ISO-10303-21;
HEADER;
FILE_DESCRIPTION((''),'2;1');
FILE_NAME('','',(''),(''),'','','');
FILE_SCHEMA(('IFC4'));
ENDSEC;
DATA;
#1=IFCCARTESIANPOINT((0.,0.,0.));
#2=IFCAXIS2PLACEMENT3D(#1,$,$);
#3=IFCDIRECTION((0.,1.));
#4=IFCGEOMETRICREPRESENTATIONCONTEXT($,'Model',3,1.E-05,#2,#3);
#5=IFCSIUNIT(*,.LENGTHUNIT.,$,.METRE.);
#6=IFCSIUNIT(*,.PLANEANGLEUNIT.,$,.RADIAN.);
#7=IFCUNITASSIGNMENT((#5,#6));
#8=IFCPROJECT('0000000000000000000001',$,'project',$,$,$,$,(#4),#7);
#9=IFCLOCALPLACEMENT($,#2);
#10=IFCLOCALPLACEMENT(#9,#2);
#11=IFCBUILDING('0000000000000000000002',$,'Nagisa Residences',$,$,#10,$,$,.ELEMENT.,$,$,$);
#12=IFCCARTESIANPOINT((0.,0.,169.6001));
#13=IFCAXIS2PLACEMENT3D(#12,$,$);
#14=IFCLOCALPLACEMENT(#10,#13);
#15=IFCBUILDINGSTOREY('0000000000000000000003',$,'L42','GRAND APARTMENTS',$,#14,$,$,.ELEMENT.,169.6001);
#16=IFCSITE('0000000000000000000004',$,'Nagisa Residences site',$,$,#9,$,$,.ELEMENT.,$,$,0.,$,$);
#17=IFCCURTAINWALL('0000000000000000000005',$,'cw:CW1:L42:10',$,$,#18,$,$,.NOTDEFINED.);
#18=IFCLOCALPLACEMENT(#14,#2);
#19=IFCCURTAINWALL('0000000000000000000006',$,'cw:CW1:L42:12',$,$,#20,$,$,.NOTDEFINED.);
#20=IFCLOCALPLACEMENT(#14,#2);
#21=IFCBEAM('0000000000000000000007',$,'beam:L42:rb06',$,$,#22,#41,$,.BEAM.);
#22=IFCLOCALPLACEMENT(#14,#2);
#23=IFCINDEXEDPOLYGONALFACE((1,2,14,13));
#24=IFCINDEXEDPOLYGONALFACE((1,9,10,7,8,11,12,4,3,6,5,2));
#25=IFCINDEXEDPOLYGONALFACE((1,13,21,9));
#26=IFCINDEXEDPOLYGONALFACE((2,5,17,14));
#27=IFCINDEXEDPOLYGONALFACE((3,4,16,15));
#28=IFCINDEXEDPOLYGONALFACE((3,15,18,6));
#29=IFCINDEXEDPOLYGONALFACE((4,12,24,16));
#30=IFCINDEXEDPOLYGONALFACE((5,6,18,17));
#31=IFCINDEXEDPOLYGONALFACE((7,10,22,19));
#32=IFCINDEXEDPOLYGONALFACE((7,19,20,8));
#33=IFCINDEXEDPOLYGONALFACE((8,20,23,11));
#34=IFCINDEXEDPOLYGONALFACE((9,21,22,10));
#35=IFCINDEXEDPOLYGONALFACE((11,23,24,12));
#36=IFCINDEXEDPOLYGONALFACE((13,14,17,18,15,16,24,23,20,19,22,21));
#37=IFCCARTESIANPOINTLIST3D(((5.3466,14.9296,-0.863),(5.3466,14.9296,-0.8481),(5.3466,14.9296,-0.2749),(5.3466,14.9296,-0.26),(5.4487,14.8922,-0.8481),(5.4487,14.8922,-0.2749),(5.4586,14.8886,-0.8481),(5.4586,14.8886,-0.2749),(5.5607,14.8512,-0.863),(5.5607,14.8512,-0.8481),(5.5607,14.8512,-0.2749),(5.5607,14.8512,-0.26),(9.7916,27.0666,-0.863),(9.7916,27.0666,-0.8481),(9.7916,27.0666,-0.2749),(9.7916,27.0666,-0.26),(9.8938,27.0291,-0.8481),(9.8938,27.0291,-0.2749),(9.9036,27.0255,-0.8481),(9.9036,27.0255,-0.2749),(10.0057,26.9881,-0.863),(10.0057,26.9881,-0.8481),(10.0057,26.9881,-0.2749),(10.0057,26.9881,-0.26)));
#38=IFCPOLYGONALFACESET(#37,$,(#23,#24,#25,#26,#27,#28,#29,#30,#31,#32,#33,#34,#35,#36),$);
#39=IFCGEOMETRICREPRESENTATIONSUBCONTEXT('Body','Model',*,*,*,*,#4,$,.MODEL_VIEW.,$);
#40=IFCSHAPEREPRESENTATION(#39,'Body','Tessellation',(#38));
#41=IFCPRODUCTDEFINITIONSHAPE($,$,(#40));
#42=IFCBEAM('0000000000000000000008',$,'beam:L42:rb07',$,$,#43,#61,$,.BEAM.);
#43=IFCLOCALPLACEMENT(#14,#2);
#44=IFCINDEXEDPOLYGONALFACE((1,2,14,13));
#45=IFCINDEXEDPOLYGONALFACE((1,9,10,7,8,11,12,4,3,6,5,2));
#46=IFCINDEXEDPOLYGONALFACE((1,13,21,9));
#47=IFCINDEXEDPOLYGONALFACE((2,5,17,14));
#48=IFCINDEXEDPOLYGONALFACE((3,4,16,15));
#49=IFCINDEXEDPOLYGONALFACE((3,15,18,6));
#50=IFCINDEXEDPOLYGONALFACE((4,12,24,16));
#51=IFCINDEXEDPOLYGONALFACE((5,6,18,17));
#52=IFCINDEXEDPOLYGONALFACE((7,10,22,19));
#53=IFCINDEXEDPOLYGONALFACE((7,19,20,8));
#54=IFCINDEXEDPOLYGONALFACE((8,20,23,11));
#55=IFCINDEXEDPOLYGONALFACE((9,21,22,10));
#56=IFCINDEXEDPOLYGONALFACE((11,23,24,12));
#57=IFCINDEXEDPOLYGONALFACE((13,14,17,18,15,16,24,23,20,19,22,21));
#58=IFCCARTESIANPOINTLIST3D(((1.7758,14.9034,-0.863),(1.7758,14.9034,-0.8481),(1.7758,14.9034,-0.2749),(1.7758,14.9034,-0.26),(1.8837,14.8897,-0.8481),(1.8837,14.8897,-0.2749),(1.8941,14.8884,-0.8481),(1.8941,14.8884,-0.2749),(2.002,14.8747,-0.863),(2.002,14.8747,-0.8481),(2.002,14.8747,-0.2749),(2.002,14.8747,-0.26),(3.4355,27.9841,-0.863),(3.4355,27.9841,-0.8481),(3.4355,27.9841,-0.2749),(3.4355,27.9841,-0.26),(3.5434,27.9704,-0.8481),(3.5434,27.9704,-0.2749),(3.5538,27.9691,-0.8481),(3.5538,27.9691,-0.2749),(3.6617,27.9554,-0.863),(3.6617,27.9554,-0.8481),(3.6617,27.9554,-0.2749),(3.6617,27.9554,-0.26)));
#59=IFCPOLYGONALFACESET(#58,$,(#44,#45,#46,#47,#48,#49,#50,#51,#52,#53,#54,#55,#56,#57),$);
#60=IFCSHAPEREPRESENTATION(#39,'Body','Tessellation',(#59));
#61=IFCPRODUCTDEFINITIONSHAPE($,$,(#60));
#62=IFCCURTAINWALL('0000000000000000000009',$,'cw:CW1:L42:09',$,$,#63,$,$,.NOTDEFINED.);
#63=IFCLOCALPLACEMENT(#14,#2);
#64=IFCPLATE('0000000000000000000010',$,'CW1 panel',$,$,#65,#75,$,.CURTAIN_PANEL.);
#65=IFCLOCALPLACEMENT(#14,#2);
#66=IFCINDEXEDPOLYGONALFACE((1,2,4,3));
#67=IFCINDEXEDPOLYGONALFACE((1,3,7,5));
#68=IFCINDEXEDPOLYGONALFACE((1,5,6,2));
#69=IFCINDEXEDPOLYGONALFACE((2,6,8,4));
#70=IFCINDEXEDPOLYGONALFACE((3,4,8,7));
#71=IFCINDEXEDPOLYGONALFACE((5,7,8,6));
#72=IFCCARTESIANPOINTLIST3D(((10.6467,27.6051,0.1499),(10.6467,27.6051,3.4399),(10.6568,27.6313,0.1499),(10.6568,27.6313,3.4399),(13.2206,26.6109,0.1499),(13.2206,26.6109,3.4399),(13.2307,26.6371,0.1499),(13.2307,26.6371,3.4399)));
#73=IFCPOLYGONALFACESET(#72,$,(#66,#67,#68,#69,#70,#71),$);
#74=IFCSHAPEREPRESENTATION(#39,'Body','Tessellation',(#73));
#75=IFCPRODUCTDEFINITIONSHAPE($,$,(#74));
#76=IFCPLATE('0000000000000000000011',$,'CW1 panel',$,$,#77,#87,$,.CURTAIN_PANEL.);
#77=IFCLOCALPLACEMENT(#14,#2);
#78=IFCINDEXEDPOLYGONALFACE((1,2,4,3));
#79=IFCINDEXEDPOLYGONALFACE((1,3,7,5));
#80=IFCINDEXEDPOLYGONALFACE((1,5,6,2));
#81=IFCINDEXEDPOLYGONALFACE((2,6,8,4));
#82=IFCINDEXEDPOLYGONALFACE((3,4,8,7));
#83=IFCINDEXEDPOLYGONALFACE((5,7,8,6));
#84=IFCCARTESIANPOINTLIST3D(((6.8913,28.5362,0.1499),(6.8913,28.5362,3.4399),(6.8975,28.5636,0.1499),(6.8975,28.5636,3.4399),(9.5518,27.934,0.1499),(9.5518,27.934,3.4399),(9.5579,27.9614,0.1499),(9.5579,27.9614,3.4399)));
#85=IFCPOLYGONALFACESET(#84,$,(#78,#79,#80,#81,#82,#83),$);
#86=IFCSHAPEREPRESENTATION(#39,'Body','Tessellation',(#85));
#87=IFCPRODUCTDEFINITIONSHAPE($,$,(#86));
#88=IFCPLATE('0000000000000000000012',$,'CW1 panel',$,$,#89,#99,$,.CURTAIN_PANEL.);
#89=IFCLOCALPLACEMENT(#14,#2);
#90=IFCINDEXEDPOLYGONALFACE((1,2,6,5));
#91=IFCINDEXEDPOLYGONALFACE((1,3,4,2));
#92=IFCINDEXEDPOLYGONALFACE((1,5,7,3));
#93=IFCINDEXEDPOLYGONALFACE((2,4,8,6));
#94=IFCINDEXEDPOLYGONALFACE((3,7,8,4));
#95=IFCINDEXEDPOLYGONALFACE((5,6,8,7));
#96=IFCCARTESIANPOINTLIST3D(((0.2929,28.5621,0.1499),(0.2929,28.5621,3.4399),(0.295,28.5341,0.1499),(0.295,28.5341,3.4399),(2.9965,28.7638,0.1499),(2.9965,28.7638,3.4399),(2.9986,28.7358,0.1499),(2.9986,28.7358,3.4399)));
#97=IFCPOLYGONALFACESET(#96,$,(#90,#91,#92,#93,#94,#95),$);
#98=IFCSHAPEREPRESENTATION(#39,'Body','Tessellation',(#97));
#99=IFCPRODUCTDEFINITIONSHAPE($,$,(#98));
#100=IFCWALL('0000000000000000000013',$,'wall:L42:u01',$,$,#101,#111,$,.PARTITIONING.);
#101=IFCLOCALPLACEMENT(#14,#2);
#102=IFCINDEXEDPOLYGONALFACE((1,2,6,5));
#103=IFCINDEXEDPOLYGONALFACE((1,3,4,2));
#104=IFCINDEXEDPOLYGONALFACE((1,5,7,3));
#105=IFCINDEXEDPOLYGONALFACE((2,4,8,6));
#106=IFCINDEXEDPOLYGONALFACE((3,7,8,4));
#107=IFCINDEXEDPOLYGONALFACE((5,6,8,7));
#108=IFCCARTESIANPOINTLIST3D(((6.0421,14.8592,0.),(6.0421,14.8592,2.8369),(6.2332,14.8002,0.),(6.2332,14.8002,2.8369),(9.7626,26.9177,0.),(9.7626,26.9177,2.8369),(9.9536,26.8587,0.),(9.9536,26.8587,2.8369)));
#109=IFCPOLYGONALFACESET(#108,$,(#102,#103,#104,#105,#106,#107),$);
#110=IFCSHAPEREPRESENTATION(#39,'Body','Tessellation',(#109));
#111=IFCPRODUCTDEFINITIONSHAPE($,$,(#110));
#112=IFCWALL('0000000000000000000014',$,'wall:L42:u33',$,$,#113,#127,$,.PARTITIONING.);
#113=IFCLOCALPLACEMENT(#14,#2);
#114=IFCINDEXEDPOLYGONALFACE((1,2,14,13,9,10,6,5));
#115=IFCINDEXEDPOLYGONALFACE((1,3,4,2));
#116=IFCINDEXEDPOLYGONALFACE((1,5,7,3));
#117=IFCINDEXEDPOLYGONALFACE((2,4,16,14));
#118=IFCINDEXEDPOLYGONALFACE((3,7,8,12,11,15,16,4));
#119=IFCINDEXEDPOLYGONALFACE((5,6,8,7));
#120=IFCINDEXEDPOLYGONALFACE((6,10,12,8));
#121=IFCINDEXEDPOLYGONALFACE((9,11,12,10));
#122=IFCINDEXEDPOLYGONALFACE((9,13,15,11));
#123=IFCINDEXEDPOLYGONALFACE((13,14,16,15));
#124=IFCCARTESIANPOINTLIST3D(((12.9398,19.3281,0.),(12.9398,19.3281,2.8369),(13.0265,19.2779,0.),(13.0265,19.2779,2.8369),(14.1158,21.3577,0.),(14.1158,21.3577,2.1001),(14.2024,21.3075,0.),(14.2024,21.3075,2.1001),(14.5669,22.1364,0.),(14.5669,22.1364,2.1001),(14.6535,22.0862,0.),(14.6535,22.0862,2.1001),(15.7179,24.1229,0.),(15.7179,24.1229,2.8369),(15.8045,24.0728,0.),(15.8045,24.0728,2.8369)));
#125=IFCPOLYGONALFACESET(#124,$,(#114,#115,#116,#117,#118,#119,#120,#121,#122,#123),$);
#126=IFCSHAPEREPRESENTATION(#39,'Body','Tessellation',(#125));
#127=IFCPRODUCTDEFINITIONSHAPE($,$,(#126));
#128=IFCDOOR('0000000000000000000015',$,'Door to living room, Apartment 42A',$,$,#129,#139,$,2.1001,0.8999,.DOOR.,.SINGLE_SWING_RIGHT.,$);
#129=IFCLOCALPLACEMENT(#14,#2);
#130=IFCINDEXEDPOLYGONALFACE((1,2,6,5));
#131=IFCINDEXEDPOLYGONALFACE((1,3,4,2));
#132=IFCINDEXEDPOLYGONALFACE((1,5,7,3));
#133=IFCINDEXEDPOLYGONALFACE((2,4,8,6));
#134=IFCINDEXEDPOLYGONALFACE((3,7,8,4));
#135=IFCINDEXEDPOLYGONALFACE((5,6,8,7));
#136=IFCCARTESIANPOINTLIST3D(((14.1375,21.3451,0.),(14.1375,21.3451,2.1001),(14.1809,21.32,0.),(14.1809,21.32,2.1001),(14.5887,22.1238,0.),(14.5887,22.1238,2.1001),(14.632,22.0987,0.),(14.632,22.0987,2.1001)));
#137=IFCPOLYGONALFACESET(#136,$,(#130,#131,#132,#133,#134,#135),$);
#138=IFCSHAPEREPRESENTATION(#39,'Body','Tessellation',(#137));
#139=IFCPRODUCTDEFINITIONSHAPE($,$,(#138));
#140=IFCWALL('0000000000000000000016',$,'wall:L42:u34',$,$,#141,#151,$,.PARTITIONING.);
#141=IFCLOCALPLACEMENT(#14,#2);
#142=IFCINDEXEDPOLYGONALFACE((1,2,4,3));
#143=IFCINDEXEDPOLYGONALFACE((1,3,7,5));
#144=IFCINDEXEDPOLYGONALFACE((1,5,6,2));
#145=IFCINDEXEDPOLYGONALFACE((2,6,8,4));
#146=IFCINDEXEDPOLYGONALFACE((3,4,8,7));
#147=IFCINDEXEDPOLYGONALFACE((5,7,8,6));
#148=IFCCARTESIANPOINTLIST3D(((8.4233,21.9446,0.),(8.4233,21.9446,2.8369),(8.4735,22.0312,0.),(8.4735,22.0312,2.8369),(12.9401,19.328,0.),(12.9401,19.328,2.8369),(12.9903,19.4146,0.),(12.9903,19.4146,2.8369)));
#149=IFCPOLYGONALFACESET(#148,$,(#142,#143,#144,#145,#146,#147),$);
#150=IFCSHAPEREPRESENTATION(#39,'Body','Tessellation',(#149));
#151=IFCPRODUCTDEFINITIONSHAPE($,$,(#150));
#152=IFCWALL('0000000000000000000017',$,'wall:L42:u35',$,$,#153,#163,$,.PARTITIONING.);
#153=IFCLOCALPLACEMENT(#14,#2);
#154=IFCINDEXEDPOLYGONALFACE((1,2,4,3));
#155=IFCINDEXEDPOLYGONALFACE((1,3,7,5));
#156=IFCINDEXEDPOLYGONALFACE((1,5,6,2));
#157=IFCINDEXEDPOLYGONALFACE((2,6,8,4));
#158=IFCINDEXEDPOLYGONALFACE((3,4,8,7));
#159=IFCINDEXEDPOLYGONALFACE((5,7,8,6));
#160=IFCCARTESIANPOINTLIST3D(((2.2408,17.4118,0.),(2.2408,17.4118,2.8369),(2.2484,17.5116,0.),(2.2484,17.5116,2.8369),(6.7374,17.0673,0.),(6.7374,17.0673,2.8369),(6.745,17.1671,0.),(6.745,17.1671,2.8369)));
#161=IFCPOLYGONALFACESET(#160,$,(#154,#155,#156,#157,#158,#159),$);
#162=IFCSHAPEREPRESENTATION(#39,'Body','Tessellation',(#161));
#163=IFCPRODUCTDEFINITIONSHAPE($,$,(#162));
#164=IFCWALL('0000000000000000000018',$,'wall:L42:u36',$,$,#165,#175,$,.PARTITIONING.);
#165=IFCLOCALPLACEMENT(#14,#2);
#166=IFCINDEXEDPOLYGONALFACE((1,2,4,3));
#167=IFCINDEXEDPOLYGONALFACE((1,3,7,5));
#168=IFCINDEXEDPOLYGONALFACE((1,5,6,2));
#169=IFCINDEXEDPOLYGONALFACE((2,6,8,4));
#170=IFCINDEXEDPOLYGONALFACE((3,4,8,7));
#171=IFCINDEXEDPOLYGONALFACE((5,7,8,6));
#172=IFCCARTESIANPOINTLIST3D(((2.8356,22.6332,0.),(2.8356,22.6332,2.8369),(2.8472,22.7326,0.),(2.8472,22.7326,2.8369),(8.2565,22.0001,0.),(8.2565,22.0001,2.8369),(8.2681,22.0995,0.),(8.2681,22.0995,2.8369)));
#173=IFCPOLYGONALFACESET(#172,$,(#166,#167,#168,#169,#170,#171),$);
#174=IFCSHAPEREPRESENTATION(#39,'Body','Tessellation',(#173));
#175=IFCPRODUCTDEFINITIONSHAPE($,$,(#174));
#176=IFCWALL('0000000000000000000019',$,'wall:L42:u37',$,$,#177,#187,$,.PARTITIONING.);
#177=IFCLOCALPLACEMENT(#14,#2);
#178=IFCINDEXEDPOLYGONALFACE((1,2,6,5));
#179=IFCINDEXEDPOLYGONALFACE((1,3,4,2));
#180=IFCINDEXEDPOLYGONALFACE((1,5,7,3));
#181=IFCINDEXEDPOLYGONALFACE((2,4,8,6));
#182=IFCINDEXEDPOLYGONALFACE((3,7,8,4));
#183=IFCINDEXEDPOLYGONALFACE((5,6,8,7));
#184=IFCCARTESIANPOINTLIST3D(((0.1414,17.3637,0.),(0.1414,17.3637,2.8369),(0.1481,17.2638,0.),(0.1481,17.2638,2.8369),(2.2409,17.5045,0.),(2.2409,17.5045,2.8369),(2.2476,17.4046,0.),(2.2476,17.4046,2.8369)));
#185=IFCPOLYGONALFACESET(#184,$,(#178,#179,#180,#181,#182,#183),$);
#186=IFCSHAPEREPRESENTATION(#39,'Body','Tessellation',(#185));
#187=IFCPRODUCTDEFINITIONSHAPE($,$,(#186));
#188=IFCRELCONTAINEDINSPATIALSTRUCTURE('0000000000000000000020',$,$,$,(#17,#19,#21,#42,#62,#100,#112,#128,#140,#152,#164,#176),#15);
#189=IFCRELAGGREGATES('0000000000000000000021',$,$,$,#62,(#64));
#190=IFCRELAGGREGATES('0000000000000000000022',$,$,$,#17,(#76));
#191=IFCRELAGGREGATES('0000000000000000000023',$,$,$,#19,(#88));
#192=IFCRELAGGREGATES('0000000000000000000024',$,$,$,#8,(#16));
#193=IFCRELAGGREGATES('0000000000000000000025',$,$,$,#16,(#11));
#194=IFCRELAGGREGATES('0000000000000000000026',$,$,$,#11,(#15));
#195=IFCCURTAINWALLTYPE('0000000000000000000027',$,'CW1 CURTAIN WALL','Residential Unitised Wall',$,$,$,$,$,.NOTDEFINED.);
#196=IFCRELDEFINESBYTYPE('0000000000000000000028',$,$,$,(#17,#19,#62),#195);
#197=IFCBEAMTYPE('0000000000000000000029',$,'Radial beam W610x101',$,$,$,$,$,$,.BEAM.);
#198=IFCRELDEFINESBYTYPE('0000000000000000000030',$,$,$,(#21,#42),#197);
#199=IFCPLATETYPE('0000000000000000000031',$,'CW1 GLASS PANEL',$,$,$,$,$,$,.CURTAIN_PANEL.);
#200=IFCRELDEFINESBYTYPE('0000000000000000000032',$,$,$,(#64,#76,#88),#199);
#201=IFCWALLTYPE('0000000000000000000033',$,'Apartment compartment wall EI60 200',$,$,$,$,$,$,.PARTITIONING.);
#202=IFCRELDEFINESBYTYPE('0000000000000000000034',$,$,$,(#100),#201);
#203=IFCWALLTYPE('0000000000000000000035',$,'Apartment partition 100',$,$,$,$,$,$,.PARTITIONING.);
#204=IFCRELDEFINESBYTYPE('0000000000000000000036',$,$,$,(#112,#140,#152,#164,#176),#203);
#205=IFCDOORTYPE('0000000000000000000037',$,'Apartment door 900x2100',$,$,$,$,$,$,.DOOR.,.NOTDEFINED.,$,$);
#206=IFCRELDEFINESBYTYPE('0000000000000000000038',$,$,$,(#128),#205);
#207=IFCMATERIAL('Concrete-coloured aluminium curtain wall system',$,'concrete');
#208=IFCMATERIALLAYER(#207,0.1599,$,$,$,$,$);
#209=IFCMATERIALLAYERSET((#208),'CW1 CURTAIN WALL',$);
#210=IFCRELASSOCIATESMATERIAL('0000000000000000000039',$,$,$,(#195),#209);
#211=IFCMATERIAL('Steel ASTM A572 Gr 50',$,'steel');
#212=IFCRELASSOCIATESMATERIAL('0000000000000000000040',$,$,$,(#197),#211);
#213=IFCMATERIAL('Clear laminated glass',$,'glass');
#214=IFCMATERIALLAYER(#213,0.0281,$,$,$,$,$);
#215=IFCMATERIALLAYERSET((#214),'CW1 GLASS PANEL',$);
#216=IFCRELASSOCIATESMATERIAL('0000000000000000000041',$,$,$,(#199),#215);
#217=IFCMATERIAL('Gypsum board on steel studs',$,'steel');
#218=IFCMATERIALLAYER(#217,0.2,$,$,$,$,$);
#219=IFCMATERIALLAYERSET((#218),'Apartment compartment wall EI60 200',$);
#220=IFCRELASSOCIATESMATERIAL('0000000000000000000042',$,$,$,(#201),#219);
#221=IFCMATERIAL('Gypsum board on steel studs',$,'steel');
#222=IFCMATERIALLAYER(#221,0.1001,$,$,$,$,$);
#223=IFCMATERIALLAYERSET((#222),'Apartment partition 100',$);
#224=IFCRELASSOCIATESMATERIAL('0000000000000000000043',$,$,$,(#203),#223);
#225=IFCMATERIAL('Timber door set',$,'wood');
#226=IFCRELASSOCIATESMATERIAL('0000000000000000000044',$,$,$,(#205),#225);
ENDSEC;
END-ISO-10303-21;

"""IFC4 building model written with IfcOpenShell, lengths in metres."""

from ifc_helpers import new_model, si_unit, direction, frame, frame_2d, origin, origin_2d, place, context, subcontext, project, spatial, rectangle, i_section, extrude, material, layer, layer_set, material_profile, profile_set, type_object, element, fill, aggregate, save


model = new_model("IFC4")

# Units and contexts
model_context = context("Model", 3, precision=1e-05, world=origin(), true_north=direction((0.0, 1.0)))
body_context = subcontext(model_context, "Body", "Model", "MODEL_VIEW")
ifc_project = project(units=[si_unit("LENGTHUNIT", "METRE"), si_unit("PLANEANGLEUNIT", "RADIAN")], contexts=[model_context])

# Site, building, storey
site_placement = place(None, origin())
site = spatial("IfcSite", under=ifc_project, at=site_placement, Name="Nagisa Residences site", CompositionType="ELEMENT", RefElevation=0.0)
building_placement = place(site_placement, origin())
building = spatial("IfcBuilding", under=site, at=building_placement, Name="Nagisa Residences", CompositionType="ELEMENT")
storey_placement = place(building_placement, frame((0.0, 0.0, 169.6001)))
storey = spatial("IfcBuildingStorey", under=building, at=storey_placement, Name="L42", Description="GRAND APARTMENTS", CompositionType="ELEMENT", Elevation=169.6001)

# Curtain walls
ifc_material_1 = material(Name="Concrete-coloured aluminium curtain wall system", Category="concrete")
ifc_layer_1 = layer(ifc_material_1, 0.1599)
ifc_layer_set_1 = layer_set([ifc_layer_1], Name="CW1 CURTAIN WALL")
curtain_wall_type = type_object("IfcCurtainWallType", Name="CW1 CURTAIN WALL", Description="Residential Unitised Wall", PredefinedType="NOTDEFINED", material=ifc_layer_set_1)
curtain_wall_1_placement = place(storey_placement, origin())
curtain_wall_1 = element("IfcCurtainWall", 1, at=curtain_wall_1_placement, inside=storey, type_object=curtain_wall_type, Name="cw:CW1:L42:10", PredefinedType="NOTDEFINED")
curtain_wall_2_placement = place(storey_placement, origin())
curtain_wall_2 = element("IfcCurtainWall", 2, at=curtain_wall_2_placement, inside=storey, type_object=curtain_wall_type, Name="cw:CW1:L42:12", PredefinedType="NOTDEFINED")

# Beams
ifc_material_2 = material(Name="Steel ASTM A572 Gr 50", Category="steel")
ifc_material_profile_1 = material_profile(ifc_material_2, i_section(OverallWidth=0.228, OverallDepth=0.603, WebThickness=0.0105, FlangeThickness=0.0149, at=origin_2d()), Name="W610x101")
ifc_profile_set_1 = profile_set([ifc_material_profile_1], Name="Steel ASTM A572 Gr 50")
beam_type_1 = type_object("IfcBeamType", Name="Radial beam W610x101", PredefinedType="BEAM", material=ifc_profile_set_1)
beam_1_placement = place(storey_placement, frame((9.8987, 27.0273, -0.5615), z_axis=(-0.343903, -0.939005, 0.0), x_axis=(0.939005, -0.343903, 0.0)))
element("IfcBeam", 3, at=beam_1_placement, inside=storey, type_object=beam_type_1, Name="beam:L42:rb06", PredefinedType="BEAM", context=body_context, shape_type="SweptSolid", body=[
    extrude(i_section(OverallWidth=0.228, OverallDepth=0.603, WebThickness=0.0105, FlangeThickness=0.0149, at=origin_2d()), origin(), (0.0, 0.0, 1.0), 12.9253),
])
beam_2_placement = place(storey_placement, frame((3.5486, 27.9697, -0.5615), z_axis=(-0.125871, -0.992047, 0.0), x_axis=(0.992047, -0.125871, 0.0)))
element("IfcBeam", 4, at=beam_2_placement, inside=storey, type_object=beam_type_1, Name="beam:L42:rb07", PredefinedType="BEAM", context=body_context, shape_type="SweptSolid", body=[
    extrude(i_section(OverallWidth=0.228, OverallDepth=0.603, WebThickness=0.0105, FlangeThickness=0.0149, at=origin_2d()), origin(), (0.0, 0.0, 1.0), 13.1855),
])

# Curtain wall, plate
curtain_wall_3_placement = place(storey_placement, origin())
curtain_wall_3 = element("IfcCurtainWall", 5, at=curtain_wall_3_placement, inside=storey, type_object=curtain_wall_type, Name="cw:CW1:L42:09", PredefinedType="NOTDEFINED")
ifc_material_3 = material(Name="Clear laminated glass", Category="glass")
ifc_layer_2 = layer(ifc_material_3, 0.0281)
ifc_layer_set_2 = layer_set([ifc_layer_2], Name="CW1 GLASS PANEL")
plate_type = type_object("IfcPlateType", Name="CW1 GLASS PANEL", PredefinedType="CURTAIN_PANEL", material=ifc_layer_set_2)
plate_1_placement = place(storey_placement, frame((11.9387, 27.1211, 0.1499), z_axis=(0.0, 0.0, 1.0), x_axis=(-0.932826, 0.360328, 0.0)))
plate_1 = element("IfcPlate", 6, at=plate_1_placement, type_object=plate_type, Name="CW1 panel", PredefinedType="CURTAIN_PANEL", context=body_context, shape_type="SweptSolid", body=[
    extrude(rectangle(XDim=2.7593, YDim=0.0281, at=origin_2d()), origin(), (0.0, 0.0, 1.0), 3.29),
])
aggregate(curtain_wall_3, [plate_1])

# Plates
plate_2_placement = place(storey_placement, frame((8.2246, 28.2488, 0.1499), z_axis=(0.0, 0.0, 1.0), x_axis=(-0.975327, 0.220764, 0.0)))
plate_2 = element("IfcPlate", 7, at=plate_2_placement, type_object=plate_type, Name="CW1 panel", PredefinedType="CURTAIN_PANEL", context=body_context, shape_type="SweptSolid", body=[
    extrude(rectangle(XDim=2.7278, YDim=0.0281, at=origin_2d()), origin(), (0.0, 0.0, 1.0), 3.29),
])
aggregate(curtain_wall_1, [plate_2])
plate_3_placement = place(storey_placement, frame((1.6458, 28.6489, 0.1499), z_axis=(0.0, 0.0, 1.0), x_axis=(-0.99723, -0.074377, 0.0)))
plate_3 = element("IfcPlate", 8, at=plate_3_placement, type_object=plate_type, Name="CW1 panel", PredefinedType="CURTAIN_PANEL", context=body_context, shape_type="SweptSolid", body=[
    extrude(rectangle(XDim=2.7112, YDim=0.0281, at=origin_2d()), origin(), (0.0, 0.0, 1.0), 3.29),
])
aggregate(curtain_wall_2, [plate_3])

# Wall
ifc_material_4 = material(Name="Gypsum board on steel studs", Category="steel")
ifc_layer_3 = layer(ifc_material_4, 0.2)
ifc_layer_set_3 = layer_set([ifc_layer_3], Name="Apartment compartment wall EI60 200")
wall_type_1 = type_object("IfcWallType", Name="Apartment compartment wall EI60 200", PredefinedType="PARTITIONING", material=ifc_layer_set_3)
wall_1_placement = place(storey_placement, frame((6.1377, 14.8298, 0.0), z_axis=(0.0, 0.0, 1.0), x_axis=(0.294819, 0.955553, 0.0)))
element("IfcWall", 9, at=wall_1_placement, inside=storey, type_object=wall_type_1, Name="wall:L42:u01", PredefinedType="PARTITIONING", context=body_context, shape_type="SweptSolid", body=[
    extrude(rectangle(XDim=12.6194, YDim=0.2, at=frame_2d((6.3096, 0.0))), origin(), (0.0, 0.0, 1.0), 2.8369),
])

# Wall, opening, door
ifc_material_5 = material(Name="Gypsum board on steel studs", Category="steel")
ifc_layer_4 = layer(ifc_material_5, 0.1001)
ifc_layer_set_4 = layer_set([ifc_layer_4], Name="Apartment partition 100")
wall_type_2 = type_object("IfcWallType", Name="Apartment partition 100", PredefinedType="PARTITIONING", material=ifc_layer_set_4)
wall_2_placement = place(storey_placement, frame((12.9832, 19.303, 0.0), z_axis=(0.0, 0.0, 1.0), x_axis=(0.501316, 0.865264, 0.0)))
wall_2 = element("IfcWall", 10, at=wall_2_placement, inside=storey, type_object=wall_type_2, Name="wall:L42:u33", PredefinedType="PARTITIONING", context=body_context, shape_type="SweptSolid", body=[
    extrude(rectangle(XDim=5.5415, YDim=0.1001, at=frame_2d((2.7708, 0.0))), origin(), (0.0, 0.0, 1.0), 2.8369),
])
opening_1_placement = place(wall_2_placement, frame((2.3457, 0.0, 0.0)))
opening_1 = element("IfcOpeningElement", 11, at=opening_1_placement, cuts=wall_2, PredefinedType="OPENING", context=body_context, shape_type="SweptSolid", body=[
    extrude(rectangle(XDim=0.8999, YDim=2.1001, at=frame_2d((0.45, 1.05))), frame((0.0, 0.0601, 0.0), z_axis=(0.0, -1.0, 0.0), x_axis=(1.0, 0.0, 0.0)), (0.0, 0.0, 1.0), 0.1201),
])
ifc_material_6 = material(Name="Timber door set", Category="wood")
door_type_1 = type_object("IfcDoorType", Name="Apartment door 900x2100", OperationType="NOTDEFINED", PredefinedType="DOOR", material=ifc_material_6)
door_1_placement = place(opening_1_placement, origin())
door_1 = element("IfcDoor", 12, at=door_1_placement, inside=storey, type_object=door_type_1, Name="Door to living room, Apartment 42A", OperationType="SINGLE_SWING_RIGHT", OverallHeight=2.1001, OverallWidth=0.8999, PredefinedType="DOOR", context=body_context, shape_type="SweptSolid", body=[
    extrude(rectangle(XDim=0.8999, YDim=2.1001, at=frame_2d((0.45, 1.05))), frame((0.0, 0.0249, 0.0), z_axis=(0.0, -1.0, 0.0), x_axis=(1.0, 0.0, 0.0)), (0.0, 0.0, 1.0), 0.05),
])
fill(opening_1, door_1)

# Walls
wall_3_placement = place(storey_placement, frame((12.9651, 19.3713, 0.0), z_axis=(0.0, 0.0, 1.0), x_axis=(-0.865286, 0.501278, 0.0)))
element("IfcWall", 13, at=wall_3_placement, inside=storey, type_object=wall_type_2, Name="wall:L42:u34", PredefinedType="PARTITIONING", context=body_context, shape_type="SweptSolid", body=[
    extrude(rectangle(XDim=5.22, YDim=0.1001, at=frame_2d((2.6099, 0.0))), origin(), (0.0, 0.0, 1.0), 2.8369),
])
wall_4_placement = place(storey_placement, frame((6.7412, 17.1172, 0.0), z_axis=(0.0, 0.0, 1.0), x_axis=(-0.997078, 0.076386, 0.0)))
element("IfcWall", 14, at=wall_4_placement, inside=storey, type_object=wall_type_2, Name="wall:L42:u35", PredefinedType="PARTITIONING", context=body_context, shape_type="SweptSolid", body=[
    extrude(rectangle(XDim=4.5098, YDim=0.1001, at=frame_2d((2.2549, 0.0))), origin(), (0.0, 0.0, 1.0), 2.8369),
])
wall_5_placement = place(storey_placement, frame((8.2625, 22.0498, 0.0), z_axis=(0.0, 0.0, 1.0), x_axis=(-0.99325, 0.115993, 0.0)))
element("IfcWall", 15, at=wall_5_placement, inside=storey, type_object=wall_type_2, Name="wall:L42:u36", PredefinedType="PARTITIONING", context=body_context, shape_type="SweptSolid", body=[
    extrude(rectangle(XDim=5.4578, YDim=0.1001, at=frame_2d((2.729, 0.0))), origin(), (0.0, 0.0, 1.0), 2.8369),
])
wall_6_placement = place(storey_placement, frame((2.2444, 17.4546, 0.0), z_axis=(0.0, 0.0, 1.0), x_axis=(-0.997757, -0.066943, 0.0)))
element("IfcWall", 16, at=wall_6_placement, inside=storey, type_object=wall_type_2, Name="wall:L42:u37", PredefinedType="PARTITIONING", context=body_context, shape_type="SweptSolid", body=[
    extrude(rectangle(XDim=2.1042, YDim=0.1001, at=frame_2d((1.0522, 0.0))), origin(), (0.0, 0.0, 1.0), 2.8369),
])

save(model, "model.ifc")
